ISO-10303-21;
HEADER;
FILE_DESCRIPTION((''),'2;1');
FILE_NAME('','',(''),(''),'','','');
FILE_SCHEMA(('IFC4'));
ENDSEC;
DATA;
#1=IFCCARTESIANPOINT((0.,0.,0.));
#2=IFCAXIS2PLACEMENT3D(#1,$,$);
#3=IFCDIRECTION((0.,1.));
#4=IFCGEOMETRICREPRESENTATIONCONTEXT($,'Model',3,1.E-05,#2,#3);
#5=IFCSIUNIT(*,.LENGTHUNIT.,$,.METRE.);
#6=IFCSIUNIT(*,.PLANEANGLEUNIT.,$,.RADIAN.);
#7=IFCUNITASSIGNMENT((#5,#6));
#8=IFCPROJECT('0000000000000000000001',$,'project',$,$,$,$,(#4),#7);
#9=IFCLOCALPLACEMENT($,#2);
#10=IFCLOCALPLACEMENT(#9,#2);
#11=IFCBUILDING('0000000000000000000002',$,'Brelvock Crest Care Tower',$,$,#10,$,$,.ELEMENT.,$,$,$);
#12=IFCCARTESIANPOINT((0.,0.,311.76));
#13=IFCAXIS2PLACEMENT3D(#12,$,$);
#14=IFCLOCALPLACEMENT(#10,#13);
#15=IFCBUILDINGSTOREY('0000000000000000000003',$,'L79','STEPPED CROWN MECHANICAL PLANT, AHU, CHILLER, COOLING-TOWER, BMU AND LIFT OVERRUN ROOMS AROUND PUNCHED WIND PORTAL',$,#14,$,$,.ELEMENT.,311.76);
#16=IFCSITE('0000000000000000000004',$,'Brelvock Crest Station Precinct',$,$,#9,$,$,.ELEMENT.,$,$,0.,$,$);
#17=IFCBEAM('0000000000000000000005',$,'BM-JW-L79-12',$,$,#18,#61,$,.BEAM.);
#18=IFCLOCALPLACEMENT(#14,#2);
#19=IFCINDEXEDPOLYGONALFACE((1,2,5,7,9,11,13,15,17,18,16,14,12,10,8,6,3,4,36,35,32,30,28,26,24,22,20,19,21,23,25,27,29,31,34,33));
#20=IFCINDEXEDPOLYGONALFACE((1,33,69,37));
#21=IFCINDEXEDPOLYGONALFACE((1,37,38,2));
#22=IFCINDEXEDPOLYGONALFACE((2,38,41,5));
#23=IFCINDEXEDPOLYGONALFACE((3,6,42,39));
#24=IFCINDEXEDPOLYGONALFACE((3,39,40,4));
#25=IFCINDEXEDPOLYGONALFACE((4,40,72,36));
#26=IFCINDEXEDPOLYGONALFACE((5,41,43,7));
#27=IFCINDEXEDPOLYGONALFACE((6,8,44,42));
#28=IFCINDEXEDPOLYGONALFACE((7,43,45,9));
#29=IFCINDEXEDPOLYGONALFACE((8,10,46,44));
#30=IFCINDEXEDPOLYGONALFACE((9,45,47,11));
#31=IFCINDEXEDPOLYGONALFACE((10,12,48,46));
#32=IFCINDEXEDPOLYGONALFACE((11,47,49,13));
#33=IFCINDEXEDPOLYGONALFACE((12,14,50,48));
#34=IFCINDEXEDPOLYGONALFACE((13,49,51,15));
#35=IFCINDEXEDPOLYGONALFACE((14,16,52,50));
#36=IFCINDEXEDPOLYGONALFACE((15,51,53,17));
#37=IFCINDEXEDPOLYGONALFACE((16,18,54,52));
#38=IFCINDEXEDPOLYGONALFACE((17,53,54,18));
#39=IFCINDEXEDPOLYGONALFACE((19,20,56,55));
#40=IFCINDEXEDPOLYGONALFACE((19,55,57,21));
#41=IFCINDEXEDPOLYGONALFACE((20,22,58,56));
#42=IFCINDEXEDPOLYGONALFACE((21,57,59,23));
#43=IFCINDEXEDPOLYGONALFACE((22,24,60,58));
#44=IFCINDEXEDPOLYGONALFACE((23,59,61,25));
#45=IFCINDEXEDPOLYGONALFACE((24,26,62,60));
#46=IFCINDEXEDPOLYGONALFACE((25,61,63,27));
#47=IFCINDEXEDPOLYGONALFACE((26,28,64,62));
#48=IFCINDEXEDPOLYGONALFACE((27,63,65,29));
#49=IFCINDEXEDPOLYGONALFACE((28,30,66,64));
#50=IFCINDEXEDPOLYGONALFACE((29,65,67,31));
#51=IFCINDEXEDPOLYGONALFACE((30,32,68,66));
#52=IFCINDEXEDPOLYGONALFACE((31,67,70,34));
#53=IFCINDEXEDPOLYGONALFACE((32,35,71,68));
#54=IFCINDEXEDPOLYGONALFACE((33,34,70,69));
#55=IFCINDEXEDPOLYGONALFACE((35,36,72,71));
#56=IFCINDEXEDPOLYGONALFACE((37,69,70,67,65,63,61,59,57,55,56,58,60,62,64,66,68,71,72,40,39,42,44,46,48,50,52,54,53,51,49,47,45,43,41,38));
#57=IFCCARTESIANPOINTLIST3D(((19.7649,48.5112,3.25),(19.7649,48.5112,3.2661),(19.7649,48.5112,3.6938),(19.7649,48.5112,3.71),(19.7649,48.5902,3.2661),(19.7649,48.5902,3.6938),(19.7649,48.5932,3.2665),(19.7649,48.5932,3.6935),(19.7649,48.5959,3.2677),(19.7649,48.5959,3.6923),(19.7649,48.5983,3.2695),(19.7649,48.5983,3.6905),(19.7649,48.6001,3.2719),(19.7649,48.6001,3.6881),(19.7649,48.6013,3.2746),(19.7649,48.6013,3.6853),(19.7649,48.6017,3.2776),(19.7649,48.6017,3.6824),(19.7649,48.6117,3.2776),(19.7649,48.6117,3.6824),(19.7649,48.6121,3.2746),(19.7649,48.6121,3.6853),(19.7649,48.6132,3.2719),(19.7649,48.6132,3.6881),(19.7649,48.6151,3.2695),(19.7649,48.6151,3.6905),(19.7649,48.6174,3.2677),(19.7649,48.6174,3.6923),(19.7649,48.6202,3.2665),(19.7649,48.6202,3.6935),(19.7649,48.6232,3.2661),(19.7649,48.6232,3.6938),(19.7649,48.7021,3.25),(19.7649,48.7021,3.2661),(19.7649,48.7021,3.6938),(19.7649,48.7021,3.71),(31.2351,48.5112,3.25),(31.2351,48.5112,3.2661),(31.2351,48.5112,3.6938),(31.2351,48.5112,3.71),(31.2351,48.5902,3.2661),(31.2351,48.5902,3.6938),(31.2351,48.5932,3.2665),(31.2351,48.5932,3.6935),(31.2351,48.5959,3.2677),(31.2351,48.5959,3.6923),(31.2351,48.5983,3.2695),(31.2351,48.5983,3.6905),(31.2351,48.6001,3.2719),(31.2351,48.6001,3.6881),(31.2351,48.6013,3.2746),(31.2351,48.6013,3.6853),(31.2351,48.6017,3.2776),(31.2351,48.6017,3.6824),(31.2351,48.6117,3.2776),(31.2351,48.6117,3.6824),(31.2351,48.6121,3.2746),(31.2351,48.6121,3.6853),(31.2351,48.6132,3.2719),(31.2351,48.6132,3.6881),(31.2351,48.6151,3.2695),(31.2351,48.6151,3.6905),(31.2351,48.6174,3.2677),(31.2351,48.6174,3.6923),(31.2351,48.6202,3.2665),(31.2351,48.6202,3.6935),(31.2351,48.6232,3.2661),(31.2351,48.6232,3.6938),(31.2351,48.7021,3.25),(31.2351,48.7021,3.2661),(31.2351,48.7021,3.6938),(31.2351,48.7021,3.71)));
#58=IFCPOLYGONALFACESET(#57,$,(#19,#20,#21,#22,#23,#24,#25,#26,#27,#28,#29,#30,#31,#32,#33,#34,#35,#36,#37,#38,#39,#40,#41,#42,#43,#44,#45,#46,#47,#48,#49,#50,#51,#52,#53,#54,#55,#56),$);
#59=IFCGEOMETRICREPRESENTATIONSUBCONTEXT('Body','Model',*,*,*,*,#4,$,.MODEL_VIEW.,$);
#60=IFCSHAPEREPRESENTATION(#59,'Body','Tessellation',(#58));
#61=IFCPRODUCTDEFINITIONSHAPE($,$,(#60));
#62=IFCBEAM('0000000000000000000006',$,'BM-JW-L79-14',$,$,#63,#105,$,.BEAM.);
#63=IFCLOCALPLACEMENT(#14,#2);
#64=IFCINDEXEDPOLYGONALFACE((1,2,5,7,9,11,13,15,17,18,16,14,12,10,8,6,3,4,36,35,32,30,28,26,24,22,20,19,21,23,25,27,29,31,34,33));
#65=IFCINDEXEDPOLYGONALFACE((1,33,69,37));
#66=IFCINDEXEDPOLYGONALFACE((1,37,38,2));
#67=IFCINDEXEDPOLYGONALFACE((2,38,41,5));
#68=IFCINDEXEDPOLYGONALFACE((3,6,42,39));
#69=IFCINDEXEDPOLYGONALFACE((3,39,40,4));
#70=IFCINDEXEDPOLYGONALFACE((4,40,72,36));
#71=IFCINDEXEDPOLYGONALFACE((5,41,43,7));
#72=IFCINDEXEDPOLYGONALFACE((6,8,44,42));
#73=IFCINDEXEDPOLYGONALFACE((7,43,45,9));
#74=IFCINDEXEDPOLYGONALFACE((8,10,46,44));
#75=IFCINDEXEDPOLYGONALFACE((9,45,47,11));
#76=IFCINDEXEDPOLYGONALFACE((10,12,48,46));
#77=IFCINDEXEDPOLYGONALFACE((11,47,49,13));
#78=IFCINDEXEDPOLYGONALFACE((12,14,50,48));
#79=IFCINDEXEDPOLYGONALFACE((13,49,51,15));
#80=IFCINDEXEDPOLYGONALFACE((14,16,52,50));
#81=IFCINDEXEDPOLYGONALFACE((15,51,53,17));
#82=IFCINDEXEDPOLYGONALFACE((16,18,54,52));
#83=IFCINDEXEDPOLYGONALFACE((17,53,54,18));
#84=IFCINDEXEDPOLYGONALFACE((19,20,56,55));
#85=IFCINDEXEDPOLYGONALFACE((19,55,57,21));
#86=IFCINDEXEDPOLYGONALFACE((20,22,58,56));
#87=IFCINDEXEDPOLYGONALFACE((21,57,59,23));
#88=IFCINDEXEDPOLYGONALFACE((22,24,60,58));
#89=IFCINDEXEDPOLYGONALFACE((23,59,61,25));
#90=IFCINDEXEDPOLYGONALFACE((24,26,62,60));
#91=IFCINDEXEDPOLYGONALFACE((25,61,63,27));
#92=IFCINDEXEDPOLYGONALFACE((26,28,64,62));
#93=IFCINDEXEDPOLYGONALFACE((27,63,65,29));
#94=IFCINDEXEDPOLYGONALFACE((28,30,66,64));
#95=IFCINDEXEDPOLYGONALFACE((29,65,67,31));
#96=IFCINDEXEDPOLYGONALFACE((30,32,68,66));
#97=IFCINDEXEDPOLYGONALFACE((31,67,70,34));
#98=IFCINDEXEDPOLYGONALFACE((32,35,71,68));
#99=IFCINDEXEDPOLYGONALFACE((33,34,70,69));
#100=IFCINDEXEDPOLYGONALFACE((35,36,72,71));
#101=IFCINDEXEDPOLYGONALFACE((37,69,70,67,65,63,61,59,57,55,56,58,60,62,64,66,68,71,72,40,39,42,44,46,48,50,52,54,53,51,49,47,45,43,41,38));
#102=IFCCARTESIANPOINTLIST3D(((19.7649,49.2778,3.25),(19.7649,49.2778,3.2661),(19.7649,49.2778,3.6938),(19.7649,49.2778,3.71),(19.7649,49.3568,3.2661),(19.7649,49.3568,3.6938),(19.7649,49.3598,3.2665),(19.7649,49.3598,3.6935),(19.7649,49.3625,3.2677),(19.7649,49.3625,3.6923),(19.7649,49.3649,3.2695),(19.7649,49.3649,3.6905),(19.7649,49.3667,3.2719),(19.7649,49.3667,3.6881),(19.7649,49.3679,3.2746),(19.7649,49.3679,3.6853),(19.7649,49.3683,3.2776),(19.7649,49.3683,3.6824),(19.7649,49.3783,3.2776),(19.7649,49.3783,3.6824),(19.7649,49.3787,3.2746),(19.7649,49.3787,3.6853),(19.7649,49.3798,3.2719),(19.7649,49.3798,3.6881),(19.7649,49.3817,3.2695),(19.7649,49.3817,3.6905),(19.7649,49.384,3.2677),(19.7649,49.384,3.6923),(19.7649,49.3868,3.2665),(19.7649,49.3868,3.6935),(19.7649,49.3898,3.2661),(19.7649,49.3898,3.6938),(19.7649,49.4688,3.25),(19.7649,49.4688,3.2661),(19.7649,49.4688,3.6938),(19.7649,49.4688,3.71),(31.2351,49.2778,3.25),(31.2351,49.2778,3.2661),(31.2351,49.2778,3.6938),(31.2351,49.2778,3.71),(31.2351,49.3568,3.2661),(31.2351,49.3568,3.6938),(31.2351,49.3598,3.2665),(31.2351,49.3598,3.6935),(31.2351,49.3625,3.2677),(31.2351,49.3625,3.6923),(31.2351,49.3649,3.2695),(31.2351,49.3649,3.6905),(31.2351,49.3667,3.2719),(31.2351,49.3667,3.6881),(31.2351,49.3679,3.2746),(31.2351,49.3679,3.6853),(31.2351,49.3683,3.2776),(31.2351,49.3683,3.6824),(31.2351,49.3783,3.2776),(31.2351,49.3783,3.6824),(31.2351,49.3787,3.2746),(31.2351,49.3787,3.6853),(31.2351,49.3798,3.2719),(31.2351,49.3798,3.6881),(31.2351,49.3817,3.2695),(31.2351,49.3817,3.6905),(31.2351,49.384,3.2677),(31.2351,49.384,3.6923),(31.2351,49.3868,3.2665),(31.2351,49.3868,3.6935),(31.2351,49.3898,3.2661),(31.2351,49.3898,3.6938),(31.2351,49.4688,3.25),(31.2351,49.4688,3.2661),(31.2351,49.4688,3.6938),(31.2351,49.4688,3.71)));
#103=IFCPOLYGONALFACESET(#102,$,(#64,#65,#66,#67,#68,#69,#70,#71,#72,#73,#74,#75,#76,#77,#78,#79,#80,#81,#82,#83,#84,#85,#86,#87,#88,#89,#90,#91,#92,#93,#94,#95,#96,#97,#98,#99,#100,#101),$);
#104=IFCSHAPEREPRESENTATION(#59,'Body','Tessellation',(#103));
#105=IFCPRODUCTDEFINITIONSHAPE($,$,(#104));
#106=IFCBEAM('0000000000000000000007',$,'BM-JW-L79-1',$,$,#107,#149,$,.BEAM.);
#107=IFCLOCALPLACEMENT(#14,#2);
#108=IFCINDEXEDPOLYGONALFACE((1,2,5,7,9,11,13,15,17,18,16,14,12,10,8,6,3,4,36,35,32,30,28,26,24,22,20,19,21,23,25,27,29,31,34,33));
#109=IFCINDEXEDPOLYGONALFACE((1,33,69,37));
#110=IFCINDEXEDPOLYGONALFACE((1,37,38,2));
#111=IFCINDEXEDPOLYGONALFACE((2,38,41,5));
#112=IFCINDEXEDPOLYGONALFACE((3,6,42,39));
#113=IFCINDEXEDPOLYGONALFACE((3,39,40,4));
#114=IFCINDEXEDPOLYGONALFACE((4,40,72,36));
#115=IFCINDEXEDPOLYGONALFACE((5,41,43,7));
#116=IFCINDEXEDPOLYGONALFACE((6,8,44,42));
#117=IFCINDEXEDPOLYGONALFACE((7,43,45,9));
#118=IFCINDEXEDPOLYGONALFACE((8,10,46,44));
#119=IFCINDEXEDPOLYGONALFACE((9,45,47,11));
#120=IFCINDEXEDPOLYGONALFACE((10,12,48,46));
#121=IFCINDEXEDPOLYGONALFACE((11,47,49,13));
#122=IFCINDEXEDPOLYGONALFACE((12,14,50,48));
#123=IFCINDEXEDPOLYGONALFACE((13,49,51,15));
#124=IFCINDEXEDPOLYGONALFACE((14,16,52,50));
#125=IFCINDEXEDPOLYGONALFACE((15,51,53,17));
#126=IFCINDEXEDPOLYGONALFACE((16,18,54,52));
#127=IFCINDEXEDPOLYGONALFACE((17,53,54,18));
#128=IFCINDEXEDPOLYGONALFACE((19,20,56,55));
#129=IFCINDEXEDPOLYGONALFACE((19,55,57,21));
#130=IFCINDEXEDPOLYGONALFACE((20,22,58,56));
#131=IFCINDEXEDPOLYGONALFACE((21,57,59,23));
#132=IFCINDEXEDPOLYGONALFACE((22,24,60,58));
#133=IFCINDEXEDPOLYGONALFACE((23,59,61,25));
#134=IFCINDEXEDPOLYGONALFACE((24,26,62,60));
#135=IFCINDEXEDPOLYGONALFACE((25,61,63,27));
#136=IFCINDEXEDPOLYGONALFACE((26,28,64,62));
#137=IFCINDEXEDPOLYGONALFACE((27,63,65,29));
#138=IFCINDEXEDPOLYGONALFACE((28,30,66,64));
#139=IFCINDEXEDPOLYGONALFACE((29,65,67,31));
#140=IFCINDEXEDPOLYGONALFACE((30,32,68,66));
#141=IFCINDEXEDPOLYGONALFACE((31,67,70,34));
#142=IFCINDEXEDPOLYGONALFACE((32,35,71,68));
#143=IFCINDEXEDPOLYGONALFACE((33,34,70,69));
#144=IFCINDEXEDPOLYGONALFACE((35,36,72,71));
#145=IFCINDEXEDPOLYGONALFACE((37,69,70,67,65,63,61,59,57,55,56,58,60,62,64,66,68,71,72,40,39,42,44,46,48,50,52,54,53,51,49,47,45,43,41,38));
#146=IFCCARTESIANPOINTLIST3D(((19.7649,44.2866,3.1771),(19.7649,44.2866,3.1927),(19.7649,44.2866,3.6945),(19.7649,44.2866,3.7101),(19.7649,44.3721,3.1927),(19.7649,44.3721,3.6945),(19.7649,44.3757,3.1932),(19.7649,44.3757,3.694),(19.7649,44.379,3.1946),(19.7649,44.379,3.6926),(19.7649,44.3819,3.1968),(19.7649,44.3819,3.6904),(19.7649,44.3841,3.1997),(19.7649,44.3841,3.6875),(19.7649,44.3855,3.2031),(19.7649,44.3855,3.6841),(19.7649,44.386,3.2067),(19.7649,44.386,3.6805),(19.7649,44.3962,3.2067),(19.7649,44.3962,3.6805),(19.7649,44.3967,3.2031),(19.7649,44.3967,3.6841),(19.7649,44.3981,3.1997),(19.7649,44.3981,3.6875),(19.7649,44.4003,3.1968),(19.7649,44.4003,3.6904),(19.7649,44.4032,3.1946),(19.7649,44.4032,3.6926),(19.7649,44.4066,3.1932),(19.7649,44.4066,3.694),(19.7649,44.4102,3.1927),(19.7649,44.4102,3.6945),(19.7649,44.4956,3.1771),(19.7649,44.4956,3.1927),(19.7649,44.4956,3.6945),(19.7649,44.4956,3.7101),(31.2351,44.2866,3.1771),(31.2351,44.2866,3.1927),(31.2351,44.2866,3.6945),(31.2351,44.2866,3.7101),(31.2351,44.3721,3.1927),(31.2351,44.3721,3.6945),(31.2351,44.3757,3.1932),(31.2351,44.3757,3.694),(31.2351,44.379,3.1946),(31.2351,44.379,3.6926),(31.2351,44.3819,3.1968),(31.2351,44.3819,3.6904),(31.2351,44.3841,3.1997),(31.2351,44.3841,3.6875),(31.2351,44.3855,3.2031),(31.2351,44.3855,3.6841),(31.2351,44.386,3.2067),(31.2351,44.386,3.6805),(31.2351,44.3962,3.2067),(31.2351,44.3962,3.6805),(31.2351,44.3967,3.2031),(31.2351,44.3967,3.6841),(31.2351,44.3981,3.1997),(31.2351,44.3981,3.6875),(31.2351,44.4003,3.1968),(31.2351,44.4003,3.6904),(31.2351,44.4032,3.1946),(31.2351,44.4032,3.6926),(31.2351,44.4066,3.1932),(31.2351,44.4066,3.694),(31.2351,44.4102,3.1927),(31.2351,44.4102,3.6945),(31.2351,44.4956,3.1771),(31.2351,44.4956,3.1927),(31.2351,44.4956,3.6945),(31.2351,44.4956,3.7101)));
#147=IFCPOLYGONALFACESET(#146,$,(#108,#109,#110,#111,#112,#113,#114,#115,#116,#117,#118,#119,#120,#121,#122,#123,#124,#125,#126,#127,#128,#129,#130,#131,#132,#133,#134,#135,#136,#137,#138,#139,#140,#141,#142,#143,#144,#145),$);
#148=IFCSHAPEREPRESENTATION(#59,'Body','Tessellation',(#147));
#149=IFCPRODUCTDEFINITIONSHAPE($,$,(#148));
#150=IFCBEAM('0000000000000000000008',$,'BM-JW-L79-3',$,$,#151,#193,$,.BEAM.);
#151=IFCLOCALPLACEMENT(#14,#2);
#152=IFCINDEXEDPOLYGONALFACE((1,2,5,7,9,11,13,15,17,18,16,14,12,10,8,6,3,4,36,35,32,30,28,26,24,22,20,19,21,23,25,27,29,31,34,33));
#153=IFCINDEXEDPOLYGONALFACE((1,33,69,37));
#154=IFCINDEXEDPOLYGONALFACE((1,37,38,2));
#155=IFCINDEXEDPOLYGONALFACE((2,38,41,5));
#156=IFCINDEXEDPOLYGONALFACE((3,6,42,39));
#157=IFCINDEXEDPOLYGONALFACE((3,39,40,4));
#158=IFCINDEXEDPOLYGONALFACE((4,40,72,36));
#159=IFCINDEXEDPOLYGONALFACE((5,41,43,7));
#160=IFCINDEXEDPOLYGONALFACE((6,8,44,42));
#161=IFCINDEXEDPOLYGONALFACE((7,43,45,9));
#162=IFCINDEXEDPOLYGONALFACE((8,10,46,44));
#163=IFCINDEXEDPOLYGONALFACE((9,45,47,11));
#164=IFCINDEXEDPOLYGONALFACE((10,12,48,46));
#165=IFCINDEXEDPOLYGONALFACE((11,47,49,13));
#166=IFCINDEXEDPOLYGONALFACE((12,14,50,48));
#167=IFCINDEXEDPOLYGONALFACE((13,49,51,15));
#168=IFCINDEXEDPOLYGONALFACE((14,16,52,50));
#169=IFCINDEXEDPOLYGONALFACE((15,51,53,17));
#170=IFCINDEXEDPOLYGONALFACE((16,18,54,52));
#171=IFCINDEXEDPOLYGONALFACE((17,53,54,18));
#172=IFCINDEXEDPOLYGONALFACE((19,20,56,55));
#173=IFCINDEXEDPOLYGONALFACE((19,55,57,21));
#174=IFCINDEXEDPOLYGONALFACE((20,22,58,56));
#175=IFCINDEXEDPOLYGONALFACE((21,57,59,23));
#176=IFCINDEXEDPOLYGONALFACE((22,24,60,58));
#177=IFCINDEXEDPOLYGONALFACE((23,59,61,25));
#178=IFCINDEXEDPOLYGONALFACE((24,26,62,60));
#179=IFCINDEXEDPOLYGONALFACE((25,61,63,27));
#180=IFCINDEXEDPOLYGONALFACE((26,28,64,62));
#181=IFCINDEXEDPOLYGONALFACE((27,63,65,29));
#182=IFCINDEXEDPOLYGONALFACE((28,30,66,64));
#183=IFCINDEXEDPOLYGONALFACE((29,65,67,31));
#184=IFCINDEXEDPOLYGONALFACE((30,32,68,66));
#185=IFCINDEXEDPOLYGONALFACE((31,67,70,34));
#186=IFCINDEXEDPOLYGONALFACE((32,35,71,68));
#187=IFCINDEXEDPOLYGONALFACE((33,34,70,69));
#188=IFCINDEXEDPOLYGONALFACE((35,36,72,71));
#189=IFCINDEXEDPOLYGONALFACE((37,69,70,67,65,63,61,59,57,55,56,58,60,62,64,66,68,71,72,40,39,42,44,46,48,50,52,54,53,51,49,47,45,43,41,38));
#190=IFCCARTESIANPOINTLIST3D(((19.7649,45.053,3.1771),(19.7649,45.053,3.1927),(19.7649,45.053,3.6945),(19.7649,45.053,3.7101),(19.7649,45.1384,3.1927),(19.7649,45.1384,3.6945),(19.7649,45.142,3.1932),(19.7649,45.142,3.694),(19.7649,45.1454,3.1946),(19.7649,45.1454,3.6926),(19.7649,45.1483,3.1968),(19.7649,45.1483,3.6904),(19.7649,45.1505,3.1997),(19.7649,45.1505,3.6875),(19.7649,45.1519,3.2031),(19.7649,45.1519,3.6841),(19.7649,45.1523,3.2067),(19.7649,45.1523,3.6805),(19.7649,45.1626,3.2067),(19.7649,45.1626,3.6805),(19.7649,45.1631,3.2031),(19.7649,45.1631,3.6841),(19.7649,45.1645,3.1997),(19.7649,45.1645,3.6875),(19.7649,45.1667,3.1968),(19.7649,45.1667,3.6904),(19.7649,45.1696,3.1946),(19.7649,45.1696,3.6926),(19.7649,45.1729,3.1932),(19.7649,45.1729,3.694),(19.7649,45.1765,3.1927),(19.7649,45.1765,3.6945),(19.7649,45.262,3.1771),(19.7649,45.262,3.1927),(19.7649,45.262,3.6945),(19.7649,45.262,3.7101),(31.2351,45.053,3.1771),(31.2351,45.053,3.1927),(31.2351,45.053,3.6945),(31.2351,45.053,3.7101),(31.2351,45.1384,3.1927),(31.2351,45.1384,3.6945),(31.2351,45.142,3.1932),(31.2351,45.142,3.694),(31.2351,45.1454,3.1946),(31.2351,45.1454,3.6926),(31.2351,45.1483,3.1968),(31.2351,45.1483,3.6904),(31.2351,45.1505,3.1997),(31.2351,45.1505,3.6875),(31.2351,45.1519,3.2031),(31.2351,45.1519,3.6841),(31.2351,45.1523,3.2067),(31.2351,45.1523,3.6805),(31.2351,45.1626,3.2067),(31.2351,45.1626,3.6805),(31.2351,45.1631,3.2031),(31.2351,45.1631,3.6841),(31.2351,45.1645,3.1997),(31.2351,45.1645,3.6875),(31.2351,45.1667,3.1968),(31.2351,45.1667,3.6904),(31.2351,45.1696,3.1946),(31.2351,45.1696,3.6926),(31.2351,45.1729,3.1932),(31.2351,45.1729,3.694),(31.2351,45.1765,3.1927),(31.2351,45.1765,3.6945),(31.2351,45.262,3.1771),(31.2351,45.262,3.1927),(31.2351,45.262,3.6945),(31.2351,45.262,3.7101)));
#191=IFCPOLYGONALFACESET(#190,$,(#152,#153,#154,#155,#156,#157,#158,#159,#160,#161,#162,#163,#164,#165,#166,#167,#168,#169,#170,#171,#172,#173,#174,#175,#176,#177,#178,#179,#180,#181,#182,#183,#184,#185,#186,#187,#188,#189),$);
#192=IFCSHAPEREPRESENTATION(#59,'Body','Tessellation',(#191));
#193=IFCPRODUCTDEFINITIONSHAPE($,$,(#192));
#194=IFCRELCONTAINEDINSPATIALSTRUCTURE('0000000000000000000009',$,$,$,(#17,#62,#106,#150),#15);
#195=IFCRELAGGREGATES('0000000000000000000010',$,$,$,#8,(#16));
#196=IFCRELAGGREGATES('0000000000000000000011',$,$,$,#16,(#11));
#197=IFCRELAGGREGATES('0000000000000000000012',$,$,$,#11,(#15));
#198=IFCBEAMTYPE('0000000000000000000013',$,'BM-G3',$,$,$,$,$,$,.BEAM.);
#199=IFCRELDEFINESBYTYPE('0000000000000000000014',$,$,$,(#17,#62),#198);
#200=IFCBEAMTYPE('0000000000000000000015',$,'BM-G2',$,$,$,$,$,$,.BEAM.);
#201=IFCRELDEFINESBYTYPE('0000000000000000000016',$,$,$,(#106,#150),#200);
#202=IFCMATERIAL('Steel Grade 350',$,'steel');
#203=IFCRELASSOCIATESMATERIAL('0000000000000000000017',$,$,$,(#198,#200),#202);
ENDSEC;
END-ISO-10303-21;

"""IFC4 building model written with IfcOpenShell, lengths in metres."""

from ifc_helpers import new_model, si_unit, direction, frame, origin, origin_2d, place, context, subcontext, project, spatial, i_section, extrude, source, transform, mapped, material, material_profile, profile_set, type_object, element, save


model = new_model("IFC4")

# Units and contexts
model_context = context("Model", 3, precision=1e-05, world=origin(), true_north=direction((0.0, 1.0)))
body_context = subcontext(model_context, "Body", "Model", "MODEL_VIEW")
ifc_project = project(units=[si_unit("LENGTHUNIT", "METRE"), si_unit("PLANEANGLEUNIT", "RADIAN")], contexts=[model_context])

# Site, building, storey
site_placement = place(None, origin())
site = spatial("IfcSite", under=ifc_project, at=site_placement, Name="Brelvock Crest Station Precinct", CompositionType="ELEMENT", RefElevation=0.0)
building_placement = place(site_placement, origin())
building = spatial("IfcBuilding", under=site, at=building_placement, Name="Brelvock Crest Care Tower", CompositionType="ELEMENT")
storey_placement = place(building_placement, frame((0.0, 0.0, 311.76)))
storey = spatial("IfcBuildingStorey", under=building, at=storey_placement, Name="L79", Description="STEPPED CROWN MECHANICAL PLANT, AHU, CHILLER, COOLING-TOWER, BMU AND LIFT OVERRUN ROOMS AROUND PUNCHED WIND PORTAL", CompositionType="ELEMENT", Elevation=311.76)

# Shared definitions
ifc_material_1 = material(Name="Steel Grade 350", Category="steel")

# Beams
ifc_material_profile_1 = material_profile(ifc_material_1, i_section(OverallWidth=0.1909, OverallDepth=0.46, WebThickness=0.01, FlangeThickness=0.0161, FilletRadius=0.0115, at=origin_2d()), Name="460UB82.1")
ifc_profile_set_1 = profile_set([ifc_material_profile_1], Name="Steel Grade 350")
beam_type_1 = type_object("IfcBeamType", Name="BM-G3", PredefinedType="BEAM", material=ifc_profile_set_1)
shared_shape_1 = source(origin(), body_context, "Body", "SweptSolid", [
    extrude(i_section(OverallWidth=0.1909, OverallDepth=0.46, WebThickness=0.01, FlangeThickness=0.0161, FilletRadius=0.0115, at=origin_2d()), origin(), (0.0, 0.0, 1.0), 11.4702),
])
for number, where, z_axis, x_axis, name in (
    (1, (19.7649, 48.6067, 3.48), (1.0, 0.0, 0.0), (0.0, 1.0, 0.0), "BM-JW-L79-12"),
    (2, (19.7649, 49.3733, 3.48), (1.0, 0.0, 0.0), (0.0, 1.0, 0.0), "BM-JW-L79-14"),
):
    element("IfcBeam", number, at=place(storey_placement, frame(where, z_axis=z_axis, x_axis=x_axis)), inside=storey, type_object=beam_type_1, Name=name, PredefinedType="BEAM", context=body_context, shape_type="MappedRepresentation", body=[
        mapped(shared_shape_1, transform((0.0, 0.0, 0.0), x_axis=(1.0, 0.0, 0.0), y_axis=(0.0, 1.0, 0.0), z_axis=(0.0, 0.0, 1.0), scale=1.0)),
    ])
ifc_material_profile_2 = material_profile(ifc_material_1, i_section(OverallWidth=0.209, OverallDepth=0.533, WebThickness=0.0103, FlangeThickness=0.0156, FilletRadius=0.0139, at=origin_2d()), Name="530UB92.4")
ifc_profile_set_2 = profile_set([ifc_material_profile_2], Name="Steel Grade 350")
beam_type_2 = type_object("IfcBeamType", Name="BM-G2", PredefinedType="BEAM", material=ifc_profile_set_2)
shared_shape_2 = source(origin(), body_context, "Body", "SweptSolid", [
    extrude(i_section(OverallWidth=0.209, OverallDepth=0.533, WebThickness=0.0103, FlangeThickness=0.0156, FilletRadius=0.0139, at=origin_2d()), origin(), (0.0, 0.0, 1.0), 11.4702),
])
for number, where, z_axis, x_axis, name in (
    (3, (19.7649, 44.3911, 3.4436), (1.0, 0.0, 0.0), (0.0, 1.0, 0.0), "BM-JW-L79-1"),
    (4, (19.7649, 45.1575, 3.4436), (1.0, 0.0, 0.0), (0.0, 1.0, 0.0), "BM-JW-L79-3"),
):
    element("IfcBeam", number, at=place(storey_placement, frame(where, z_axis=z_axis, x_axis=x_axis)), inside=storey, type_object=beam_type_2, Name=name, PredefinedType="BEAM", context=body_context, shape_type="MappedRepresentation", body=[
        mapped(shared_shape_2, transform((0.0, 0.0, 0.0), x_axis=(1.0, 0.0, 0.0), y_axis=(0.0, 1.0, 0.0), z_axis=(0.0, 0.0, 1.0), scale=1.0)),
    ])

save(model, "model.ifc")
